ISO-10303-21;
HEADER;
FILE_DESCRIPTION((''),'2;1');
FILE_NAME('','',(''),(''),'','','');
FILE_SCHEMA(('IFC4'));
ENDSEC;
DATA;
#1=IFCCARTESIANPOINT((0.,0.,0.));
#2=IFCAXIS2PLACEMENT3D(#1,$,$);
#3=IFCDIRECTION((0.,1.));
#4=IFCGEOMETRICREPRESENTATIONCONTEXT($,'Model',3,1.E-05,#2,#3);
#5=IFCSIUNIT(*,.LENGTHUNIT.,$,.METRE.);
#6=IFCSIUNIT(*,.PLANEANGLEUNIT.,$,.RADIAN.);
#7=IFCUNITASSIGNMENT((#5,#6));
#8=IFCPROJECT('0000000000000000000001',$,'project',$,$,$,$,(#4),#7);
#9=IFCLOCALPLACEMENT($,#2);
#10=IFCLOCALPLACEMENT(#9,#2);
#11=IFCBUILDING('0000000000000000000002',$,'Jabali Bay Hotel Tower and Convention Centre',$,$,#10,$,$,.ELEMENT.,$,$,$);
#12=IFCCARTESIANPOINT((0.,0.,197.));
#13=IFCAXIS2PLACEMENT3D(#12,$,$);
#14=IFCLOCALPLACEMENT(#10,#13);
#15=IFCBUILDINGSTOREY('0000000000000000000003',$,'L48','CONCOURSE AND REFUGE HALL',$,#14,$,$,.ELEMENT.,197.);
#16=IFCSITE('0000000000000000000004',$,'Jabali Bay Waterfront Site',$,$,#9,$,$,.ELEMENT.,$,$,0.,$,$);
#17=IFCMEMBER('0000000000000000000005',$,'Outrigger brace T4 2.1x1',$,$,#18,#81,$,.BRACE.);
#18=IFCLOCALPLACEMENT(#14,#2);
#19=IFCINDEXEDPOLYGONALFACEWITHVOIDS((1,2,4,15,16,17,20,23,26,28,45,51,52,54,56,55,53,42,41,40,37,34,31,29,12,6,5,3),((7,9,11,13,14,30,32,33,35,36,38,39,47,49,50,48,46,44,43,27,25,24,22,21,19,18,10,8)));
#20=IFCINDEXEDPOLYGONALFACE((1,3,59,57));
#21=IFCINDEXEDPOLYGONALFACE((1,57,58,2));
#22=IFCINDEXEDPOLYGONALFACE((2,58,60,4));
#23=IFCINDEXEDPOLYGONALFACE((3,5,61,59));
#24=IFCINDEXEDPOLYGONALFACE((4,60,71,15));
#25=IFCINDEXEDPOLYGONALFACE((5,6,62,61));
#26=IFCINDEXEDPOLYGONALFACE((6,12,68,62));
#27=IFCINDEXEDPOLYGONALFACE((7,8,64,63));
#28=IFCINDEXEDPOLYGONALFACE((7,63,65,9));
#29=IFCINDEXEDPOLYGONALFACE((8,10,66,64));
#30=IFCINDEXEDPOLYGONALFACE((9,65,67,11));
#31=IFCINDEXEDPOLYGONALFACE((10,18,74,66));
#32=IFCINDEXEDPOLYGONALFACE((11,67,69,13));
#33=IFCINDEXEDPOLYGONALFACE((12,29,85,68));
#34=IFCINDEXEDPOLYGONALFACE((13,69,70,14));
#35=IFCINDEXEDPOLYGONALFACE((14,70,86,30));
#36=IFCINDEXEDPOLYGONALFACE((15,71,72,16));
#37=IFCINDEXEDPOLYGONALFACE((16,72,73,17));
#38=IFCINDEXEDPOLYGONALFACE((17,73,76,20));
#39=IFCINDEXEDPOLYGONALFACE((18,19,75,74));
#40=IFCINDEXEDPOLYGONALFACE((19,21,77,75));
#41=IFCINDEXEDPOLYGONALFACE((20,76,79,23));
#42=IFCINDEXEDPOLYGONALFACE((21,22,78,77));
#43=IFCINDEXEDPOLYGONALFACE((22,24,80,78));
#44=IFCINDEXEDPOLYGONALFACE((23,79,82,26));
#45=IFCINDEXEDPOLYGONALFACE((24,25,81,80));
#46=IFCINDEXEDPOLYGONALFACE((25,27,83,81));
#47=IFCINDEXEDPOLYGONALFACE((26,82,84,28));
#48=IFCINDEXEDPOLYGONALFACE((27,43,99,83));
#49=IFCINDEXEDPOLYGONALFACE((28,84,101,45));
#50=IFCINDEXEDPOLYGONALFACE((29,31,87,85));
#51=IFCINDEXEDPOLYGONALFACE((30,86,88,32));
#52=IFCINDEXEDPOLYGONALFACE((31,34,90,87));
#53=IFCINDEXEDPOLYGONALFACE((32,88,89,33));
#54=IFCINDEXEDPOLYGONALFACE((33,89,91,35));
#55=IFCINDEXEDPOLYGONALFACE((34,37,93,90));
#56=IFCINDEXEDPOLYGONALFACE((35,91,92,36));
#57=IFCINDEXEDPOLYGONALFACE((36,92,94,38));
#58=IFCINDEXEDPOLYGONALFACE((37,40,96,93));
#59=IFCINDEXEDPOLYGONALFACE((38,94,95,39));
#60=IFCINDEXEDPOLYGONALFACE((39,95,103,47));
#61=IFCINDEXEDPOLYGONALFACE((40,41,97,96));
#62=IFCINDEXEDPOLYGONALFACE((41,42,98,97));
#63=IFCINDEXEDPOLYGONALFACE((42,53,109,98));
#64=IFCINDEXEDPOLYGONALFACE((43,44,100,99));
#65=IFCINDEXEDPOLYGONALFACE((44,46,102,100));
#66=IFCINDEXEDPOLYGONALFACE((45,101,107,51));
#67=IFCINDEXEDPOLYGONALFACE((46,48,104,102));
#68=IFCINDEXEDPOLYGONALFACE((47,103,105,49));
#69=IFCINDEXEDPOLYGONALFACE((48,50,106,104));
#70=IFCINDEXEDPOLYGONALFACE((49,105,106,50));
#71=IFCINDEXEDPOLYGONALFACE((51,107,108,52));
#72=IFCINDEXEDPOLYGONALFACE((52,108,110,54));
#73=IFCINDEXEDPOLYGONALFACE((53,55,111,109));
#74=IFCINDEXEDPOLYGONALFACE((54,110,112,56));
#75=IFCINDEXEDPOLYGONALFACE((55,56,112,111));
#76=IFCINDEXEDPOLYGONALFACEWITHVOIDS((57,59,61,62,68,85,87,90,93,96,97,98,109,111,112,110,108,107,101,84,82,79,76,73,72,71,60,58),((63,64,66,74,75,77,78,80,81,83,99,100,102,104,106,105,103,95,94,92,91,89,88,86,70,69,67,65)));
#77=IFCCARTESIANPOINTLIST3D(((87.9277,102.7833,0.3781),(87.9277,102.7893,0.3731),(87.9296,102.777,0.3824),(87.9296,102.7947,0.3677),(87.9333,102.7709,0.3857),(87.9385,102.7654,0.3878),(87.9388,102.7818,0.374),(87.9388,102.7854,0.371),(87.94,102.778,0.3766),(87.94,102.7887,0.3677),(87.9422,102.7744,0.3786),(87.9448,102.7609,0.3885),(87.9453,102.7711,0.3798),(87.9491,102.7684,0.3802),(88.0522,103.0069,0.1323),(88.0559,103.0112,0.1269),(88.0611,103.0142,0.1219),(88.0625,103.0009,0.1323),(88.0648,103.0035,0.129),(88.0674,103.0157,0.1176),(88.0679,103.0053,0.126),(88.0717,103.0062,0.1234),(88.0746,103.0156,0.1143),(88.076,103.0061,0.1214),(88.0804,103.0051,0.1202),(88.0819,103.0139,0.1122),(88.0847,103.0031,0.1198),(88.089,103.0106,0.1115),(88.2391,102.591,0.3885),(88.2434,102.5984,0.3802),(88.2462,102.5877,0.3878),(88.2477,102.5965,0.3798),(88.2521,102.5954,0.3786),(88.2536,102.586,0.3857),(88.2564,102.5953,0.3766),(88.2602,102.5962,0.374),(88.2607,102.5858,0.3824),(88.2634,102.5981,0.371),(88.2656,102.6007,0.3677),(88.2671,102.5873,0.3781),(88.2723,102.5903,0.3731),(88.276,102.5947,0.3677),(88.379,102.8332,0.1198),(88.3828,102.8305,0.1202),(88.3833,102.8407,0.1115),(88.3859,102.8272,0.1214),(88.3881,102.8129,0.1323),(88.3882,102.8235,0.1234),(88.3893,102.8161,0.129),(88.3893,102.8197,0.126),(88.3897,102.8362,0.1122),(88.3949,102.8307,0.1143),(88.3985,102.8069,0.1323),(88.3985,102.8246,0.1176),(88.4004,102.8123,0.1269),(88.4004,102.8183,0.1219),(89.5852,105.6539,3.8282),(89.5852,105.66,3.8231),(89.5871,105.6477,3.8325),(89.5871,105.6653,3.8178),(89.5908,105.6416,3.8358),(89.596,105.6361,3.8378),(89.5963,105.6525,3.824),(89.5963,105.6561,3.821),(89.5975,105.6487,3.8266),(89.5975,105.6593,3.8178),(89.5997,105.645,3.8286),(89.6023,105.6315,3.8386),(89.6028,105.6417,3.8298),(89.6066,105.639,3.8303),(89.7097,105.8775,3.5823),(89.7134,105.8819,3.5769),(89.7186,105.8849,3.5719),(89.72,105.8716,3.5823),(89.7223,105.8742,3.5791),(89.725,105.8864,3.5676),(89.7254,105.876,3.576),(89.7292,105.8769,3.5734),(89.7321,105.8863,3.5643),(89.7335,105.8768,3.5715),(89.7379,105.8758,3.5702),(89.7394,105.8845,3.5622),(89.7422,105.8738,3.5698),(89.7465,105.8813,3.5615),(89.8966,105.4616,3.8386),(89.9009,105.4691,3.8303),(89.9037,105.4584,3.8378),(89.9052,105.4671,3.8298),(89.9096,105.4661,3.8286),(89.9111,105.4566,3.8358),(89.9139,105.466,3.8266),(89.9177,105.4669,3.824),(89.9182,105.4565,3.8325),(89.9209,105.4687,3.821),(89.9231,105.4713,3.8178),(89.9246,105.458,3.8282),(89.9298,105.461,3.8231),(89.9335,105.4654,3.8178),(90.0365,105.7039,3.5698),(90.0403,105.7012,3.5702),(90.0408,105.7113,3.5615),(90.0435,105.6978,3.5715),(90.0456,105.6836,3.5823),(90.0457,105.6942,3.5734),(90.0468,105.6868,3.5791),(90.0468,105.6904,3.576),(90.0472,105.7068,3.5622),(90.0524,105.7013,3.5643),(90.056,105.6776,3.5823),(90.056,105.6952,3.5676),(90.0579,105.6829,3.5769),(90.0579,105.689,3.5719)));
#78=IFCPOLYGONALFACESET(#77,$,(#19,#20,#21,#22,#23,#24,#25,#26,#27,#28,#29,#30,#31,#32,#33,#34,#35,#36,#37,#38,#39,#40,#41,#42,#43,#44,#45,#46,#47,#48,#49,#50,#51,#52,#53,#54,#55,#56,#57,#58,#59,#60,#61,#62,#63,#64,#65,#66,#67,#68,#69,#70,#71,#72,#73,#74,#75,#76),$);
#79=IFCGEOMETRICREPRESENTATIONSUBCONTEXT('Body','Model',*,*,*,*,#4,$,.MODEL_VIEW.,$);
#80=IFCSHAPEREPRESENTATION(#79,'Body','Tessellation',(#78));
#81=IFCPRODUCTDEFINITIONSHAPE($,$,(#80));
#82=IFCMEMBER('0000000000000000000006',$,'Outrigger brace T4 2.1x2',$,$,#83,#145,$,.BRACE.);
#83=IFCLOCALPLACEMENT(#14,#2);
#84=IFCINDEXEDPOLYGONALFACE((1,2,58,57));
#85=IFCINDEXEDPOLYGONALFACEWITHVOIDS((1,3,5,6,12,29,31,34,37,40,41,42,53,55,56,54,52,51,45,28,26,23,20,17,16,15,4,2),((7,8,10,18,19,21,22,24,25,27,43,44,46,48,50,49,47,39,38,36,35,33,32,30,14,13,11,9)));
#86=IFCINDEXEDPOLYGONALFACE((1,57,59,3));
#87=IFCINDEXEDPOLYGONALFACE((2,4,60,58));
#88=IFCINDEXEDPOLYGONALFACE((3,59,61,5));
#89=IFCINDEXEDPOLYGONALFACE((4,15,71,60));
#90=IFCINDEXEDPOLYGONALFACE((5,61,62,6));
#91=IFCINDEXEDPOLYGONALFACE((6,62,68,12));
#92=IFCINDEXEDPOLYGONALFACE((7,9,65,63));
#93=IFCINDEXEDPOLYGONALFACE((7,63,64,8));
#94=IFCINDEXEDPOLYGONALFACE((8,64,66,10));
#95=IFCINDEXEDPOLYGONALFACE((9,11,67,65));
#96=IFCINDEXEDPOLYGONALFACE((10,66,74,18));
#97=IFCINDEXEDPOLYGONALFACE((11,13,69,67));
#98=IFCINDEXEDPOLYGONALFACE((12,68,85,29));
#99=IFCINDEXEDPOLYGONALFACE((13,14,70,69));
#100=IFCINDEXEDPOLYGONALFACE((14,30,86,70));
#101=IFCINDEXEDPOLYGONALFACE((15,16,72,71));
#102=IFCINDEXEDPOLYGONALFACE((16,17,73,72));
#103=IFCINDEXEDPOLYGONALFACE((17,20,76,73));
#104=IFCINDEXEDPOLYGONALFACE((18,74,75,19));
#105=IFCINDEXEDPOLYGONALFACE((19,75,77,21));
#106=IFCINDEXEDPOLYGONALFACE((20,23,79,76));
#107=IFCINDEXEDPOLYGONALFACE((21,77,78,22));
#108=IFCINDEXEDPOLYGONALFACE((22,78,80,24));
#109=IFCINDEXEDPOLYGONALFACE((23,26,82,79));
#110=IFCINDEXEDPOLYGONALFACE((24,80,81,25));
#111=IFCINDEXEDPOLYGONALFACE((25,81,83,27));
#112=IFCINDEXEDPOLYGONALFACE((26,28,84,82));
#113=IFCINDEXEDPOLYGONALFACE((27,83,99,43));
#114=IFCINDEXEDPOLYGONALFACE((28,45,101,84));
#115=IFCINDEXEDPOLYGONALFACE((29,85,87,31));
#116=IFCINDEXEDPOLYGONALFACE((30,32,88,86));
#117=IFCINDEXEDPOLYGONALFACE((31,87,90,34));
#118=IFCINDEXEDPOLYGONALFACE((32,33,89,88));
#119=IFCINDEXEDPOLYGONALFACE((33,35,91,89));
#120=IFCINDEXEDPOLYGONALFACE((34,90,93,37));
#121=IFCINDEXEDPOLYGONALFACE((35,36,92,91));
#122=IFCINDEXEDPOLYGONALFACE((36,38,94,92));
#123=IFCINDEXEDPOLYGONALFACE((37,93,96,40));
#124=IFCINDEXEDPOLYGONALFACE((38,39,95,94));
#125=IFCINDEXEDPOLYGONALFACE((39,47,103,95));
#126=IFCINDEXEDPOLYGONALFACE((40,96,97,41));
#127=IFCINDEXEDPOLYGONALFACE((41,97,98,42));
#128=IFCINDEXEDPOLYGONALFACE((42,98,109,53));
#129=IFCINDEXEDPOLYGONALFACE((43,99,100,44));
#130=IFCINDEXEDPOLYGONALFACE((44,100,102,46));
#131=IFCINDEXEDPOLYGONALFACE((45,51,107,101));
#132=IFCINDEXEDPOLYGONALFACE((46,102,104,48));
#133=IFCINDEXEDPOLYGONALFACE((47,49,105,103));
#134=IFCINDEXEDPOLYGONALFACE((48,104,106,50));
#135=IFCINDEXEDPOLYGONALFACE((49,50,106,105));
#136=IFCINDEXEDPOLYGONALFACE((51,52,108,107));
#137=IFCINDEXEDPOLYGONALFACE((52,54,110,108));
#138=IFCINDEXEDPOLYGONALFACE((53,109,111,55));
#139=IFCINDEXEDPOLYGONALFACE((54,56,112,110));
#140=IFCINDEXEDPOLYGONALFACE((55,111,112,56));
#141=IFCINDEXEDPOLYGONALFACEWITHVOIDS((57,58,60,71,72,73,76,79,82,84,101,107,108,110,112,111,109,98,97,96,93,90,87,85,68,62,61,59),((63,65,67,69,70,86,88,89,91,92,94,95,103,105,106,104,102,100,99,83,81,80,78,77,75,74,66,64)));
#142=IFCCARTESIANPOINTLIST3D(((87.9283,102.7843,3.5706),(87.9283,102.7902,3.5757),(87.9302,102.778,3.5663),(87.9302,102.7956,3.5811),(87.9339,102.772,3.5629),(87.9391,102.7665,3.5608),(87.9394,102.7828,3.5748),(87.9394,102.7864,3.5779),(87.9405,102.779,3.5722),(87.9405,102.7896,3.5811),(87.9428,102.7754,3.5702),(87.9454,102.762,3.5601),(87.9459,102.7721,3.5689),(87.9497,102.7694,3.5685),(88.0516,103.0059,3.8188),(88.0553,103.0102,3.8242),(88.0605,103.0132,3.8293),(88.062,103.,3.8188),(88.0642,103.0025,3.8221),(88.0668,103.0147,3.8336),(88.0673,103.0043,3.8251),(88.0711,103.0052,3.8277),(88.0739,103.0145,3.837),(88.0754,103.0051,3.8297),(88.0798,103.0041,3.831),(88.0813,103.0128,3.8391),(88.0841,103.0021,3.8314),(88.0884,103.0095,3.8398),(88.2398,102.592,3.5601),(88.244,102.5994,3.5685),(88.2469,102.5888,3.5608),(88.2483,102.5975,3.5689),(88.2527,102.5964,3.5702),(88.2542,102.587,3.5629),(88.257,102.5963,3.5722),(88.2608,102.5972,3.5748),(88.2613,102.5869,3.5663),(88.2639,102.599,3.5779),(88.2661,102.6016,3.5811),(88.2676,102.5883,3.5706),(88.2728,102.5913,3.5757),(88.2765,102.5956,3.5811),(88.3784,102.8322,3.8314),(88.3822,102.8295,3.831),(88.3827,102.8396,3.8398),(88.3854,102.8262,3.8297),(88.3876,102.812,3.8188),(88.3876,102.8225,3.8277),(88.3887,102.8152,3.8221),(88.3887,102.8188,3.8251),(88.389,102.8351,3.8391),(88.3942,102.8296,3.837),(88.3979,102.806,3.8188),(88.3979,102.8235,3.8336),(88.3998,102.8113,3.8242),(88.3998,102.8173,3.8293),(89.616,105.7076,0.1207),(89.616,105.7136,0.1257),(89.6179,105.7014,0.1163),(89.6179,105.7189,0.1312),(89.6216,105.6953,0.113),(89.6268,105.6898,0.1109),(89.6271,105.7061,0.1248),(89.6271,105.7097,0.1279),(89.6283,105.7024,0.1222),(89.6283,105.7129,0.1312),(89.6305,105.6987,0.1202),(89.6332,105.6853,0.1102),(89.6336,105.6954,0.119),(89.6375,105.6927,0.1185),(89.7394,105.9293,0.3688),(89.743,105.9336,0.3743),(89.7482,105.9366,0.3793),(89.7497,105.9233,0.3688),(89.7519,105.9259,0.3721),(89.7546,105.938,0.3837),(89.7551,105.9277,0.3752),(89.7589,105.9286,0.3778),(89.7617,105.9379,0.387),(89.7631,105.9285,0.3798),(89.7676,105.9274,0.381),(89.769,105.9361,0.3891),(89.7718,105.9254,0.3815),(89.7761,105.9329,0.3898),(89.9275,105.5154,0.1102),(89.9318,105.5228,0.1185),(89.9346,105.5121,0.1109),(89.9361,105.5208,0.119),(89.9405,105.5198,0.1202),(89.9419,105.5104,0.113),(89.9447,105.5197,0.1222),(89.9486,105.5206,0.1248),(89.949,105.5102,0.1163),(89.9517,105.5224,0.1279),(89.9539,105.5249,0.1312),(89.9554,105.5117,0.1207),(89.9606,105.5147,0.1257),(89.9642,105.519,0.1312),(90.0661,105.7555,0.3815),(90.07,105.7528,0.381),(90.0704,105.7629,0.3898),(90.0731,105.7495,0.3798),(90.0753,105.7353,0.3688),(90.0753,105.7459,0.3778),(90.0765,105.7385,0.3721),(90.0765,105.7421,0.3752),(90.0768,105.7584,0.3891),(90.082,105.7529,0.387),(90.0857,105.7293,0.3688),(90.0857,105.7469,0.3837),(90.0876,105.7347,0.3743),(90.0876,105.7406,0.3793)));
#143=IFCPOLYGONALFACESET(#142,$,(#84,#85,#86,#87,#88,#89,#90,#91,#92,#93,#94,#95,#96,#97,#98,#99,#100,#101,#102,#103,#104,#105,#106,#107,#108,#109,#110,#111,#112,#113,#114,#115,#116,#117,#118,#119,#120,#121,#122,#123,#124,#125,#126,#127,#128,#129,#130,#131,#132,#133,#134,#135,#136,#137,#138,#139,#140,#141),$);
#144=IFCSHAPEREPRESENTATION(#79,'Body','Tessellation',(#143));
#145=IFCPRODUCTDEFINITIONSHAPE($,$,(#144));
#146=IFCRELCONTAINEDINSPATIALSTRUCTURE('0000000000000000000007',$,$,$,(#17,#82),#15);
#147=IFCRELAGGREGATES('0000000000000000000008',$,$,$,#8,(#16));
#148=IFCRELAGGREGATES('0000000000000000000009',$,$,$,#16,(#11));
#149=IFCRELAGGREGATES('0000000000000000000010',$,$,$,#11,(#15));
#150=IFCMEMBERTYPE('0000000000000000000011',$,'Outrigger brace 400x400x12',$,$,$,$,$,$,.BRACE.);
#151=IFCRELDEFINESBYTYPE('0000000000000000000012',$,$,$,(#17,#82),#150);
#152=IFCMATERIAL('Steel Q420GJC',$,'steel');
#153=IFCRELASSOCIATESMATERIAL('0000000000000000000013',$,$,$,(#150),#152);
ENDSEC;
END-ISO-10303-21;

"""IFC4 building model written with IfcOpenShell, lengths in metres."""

from ifc_helpers import new_model, si_unit, direction, frame, origin, origin_2d, place, context, subcontext, project, spatial, hollow_rectangle, extrude, material, material_profile, profile_set, type_object, element, save


model = new_model("IFC4")

# Units and contexts
model_context = context("Model", 3, precision=1e-05, world=origin(), true_north=direction((0.0, 1.0)))
body_context = subcontext(model_context, "Body", "Model", "MODEL_VIEW")
ifc_project = project(units=[si_unit("LENGTHUNIT", "METRE"), si_unit("PLANEANGLEUNIT", "RADIAN")], contexts=[model_context])

# Site, building, storey
site_placement = place(None, origin())
site = spatial("IfcSite", under=ifc_project, at=site_placement, Name="Jabali Bay Waterfront Site", CompositionType="ELEMENT", RefElevation=0.0)
building_placement = place(site_placement, origin())
building = spatial("IfcBuilding", under=site, at=building_placement, Name="Jabali Bay Hotel Tower and Convention Centre", CompositionType="ELEMENT")
storey_placement = place(building_placement, frame((0.0, 0.0, 197.0)))
storey = spatial("IfcBuildingStorey", under=building, at=storey_placement, Name="L48", Description="CONCOURSE AND REFUGE HALL", CompositionType="ELEMENT", Elevation=197.0)

# Members
ifc_material_1 = material(Name="Steel Q420GJC", Category="steel")
ifc_material_profile_1 = material_profile(ifc_material_1, hollow_rectangle(XDim=0.3999, YDim=0.3999, WallThickness=0.012, InnerFilletRadius=0.0181, OuterFilletRadius=0.03, at=origin_2d()), Name="Outrigger brace 400x400x12")
ifc_profile_set_1 = profile_set([ifc_material_profile_1], Name="Steel Q420GJC")
member_type_1 = type_object("IfcMemberType", Name="Outrigger brace 400x400x12", PredefinedType="BRACE", material=ifc_profile_set_1)
member_1_placement = place(storey_placement, frame((88.1641, 102.8008, 0.25), z_axis=(0.346438, 0.600002, 0.721095), x_axis=(-0.866009, 0.500028, 0.0)))
element("IfcMember", 1, at=member_1_placement, inside=storey, type_object=member_type_1, Name="Outrigger brace T4 2.1x1", PredefinedType="BRACE", context=body_context, shape_type="SweptSolid", body=[
    extrude(hollow_rectangle(XDim=0.3999, YDim=0.3999, WallThickness=0.012, InnerFilletRadius=0.0181, OuterFilletRadius=0.03, at=origin_2d()), origin(), (0.0, 0.0, 1.0), 4.7844),
])
member_2_placement = place(storey_placement, frame((89.8518, 105.7241, 0.25), z_axis=(-0.349672, -0.605666, 0.714771), x_axis=(0.866031, -0.49999, 0.0)))
element("IfcMember", 2, at=member_2_placement, inside=storey, type_object=member_type_1, Name="Outrigger brace T4 2.1x2", PredefinedType="BRACE", context=body_context, shape_type="SweptSolid", body=[
    extrude(hollow_rectangle(XDim=0.3999, YDim=0.3999, WallThickness=0.012, InnerFilletRadius=0.0181, OuterFilletRadius=0.03, at=origin_2d()), origin(), (0.0, 0.0, 1.0), 4.8267),
])

save(model, "model.ifc")
